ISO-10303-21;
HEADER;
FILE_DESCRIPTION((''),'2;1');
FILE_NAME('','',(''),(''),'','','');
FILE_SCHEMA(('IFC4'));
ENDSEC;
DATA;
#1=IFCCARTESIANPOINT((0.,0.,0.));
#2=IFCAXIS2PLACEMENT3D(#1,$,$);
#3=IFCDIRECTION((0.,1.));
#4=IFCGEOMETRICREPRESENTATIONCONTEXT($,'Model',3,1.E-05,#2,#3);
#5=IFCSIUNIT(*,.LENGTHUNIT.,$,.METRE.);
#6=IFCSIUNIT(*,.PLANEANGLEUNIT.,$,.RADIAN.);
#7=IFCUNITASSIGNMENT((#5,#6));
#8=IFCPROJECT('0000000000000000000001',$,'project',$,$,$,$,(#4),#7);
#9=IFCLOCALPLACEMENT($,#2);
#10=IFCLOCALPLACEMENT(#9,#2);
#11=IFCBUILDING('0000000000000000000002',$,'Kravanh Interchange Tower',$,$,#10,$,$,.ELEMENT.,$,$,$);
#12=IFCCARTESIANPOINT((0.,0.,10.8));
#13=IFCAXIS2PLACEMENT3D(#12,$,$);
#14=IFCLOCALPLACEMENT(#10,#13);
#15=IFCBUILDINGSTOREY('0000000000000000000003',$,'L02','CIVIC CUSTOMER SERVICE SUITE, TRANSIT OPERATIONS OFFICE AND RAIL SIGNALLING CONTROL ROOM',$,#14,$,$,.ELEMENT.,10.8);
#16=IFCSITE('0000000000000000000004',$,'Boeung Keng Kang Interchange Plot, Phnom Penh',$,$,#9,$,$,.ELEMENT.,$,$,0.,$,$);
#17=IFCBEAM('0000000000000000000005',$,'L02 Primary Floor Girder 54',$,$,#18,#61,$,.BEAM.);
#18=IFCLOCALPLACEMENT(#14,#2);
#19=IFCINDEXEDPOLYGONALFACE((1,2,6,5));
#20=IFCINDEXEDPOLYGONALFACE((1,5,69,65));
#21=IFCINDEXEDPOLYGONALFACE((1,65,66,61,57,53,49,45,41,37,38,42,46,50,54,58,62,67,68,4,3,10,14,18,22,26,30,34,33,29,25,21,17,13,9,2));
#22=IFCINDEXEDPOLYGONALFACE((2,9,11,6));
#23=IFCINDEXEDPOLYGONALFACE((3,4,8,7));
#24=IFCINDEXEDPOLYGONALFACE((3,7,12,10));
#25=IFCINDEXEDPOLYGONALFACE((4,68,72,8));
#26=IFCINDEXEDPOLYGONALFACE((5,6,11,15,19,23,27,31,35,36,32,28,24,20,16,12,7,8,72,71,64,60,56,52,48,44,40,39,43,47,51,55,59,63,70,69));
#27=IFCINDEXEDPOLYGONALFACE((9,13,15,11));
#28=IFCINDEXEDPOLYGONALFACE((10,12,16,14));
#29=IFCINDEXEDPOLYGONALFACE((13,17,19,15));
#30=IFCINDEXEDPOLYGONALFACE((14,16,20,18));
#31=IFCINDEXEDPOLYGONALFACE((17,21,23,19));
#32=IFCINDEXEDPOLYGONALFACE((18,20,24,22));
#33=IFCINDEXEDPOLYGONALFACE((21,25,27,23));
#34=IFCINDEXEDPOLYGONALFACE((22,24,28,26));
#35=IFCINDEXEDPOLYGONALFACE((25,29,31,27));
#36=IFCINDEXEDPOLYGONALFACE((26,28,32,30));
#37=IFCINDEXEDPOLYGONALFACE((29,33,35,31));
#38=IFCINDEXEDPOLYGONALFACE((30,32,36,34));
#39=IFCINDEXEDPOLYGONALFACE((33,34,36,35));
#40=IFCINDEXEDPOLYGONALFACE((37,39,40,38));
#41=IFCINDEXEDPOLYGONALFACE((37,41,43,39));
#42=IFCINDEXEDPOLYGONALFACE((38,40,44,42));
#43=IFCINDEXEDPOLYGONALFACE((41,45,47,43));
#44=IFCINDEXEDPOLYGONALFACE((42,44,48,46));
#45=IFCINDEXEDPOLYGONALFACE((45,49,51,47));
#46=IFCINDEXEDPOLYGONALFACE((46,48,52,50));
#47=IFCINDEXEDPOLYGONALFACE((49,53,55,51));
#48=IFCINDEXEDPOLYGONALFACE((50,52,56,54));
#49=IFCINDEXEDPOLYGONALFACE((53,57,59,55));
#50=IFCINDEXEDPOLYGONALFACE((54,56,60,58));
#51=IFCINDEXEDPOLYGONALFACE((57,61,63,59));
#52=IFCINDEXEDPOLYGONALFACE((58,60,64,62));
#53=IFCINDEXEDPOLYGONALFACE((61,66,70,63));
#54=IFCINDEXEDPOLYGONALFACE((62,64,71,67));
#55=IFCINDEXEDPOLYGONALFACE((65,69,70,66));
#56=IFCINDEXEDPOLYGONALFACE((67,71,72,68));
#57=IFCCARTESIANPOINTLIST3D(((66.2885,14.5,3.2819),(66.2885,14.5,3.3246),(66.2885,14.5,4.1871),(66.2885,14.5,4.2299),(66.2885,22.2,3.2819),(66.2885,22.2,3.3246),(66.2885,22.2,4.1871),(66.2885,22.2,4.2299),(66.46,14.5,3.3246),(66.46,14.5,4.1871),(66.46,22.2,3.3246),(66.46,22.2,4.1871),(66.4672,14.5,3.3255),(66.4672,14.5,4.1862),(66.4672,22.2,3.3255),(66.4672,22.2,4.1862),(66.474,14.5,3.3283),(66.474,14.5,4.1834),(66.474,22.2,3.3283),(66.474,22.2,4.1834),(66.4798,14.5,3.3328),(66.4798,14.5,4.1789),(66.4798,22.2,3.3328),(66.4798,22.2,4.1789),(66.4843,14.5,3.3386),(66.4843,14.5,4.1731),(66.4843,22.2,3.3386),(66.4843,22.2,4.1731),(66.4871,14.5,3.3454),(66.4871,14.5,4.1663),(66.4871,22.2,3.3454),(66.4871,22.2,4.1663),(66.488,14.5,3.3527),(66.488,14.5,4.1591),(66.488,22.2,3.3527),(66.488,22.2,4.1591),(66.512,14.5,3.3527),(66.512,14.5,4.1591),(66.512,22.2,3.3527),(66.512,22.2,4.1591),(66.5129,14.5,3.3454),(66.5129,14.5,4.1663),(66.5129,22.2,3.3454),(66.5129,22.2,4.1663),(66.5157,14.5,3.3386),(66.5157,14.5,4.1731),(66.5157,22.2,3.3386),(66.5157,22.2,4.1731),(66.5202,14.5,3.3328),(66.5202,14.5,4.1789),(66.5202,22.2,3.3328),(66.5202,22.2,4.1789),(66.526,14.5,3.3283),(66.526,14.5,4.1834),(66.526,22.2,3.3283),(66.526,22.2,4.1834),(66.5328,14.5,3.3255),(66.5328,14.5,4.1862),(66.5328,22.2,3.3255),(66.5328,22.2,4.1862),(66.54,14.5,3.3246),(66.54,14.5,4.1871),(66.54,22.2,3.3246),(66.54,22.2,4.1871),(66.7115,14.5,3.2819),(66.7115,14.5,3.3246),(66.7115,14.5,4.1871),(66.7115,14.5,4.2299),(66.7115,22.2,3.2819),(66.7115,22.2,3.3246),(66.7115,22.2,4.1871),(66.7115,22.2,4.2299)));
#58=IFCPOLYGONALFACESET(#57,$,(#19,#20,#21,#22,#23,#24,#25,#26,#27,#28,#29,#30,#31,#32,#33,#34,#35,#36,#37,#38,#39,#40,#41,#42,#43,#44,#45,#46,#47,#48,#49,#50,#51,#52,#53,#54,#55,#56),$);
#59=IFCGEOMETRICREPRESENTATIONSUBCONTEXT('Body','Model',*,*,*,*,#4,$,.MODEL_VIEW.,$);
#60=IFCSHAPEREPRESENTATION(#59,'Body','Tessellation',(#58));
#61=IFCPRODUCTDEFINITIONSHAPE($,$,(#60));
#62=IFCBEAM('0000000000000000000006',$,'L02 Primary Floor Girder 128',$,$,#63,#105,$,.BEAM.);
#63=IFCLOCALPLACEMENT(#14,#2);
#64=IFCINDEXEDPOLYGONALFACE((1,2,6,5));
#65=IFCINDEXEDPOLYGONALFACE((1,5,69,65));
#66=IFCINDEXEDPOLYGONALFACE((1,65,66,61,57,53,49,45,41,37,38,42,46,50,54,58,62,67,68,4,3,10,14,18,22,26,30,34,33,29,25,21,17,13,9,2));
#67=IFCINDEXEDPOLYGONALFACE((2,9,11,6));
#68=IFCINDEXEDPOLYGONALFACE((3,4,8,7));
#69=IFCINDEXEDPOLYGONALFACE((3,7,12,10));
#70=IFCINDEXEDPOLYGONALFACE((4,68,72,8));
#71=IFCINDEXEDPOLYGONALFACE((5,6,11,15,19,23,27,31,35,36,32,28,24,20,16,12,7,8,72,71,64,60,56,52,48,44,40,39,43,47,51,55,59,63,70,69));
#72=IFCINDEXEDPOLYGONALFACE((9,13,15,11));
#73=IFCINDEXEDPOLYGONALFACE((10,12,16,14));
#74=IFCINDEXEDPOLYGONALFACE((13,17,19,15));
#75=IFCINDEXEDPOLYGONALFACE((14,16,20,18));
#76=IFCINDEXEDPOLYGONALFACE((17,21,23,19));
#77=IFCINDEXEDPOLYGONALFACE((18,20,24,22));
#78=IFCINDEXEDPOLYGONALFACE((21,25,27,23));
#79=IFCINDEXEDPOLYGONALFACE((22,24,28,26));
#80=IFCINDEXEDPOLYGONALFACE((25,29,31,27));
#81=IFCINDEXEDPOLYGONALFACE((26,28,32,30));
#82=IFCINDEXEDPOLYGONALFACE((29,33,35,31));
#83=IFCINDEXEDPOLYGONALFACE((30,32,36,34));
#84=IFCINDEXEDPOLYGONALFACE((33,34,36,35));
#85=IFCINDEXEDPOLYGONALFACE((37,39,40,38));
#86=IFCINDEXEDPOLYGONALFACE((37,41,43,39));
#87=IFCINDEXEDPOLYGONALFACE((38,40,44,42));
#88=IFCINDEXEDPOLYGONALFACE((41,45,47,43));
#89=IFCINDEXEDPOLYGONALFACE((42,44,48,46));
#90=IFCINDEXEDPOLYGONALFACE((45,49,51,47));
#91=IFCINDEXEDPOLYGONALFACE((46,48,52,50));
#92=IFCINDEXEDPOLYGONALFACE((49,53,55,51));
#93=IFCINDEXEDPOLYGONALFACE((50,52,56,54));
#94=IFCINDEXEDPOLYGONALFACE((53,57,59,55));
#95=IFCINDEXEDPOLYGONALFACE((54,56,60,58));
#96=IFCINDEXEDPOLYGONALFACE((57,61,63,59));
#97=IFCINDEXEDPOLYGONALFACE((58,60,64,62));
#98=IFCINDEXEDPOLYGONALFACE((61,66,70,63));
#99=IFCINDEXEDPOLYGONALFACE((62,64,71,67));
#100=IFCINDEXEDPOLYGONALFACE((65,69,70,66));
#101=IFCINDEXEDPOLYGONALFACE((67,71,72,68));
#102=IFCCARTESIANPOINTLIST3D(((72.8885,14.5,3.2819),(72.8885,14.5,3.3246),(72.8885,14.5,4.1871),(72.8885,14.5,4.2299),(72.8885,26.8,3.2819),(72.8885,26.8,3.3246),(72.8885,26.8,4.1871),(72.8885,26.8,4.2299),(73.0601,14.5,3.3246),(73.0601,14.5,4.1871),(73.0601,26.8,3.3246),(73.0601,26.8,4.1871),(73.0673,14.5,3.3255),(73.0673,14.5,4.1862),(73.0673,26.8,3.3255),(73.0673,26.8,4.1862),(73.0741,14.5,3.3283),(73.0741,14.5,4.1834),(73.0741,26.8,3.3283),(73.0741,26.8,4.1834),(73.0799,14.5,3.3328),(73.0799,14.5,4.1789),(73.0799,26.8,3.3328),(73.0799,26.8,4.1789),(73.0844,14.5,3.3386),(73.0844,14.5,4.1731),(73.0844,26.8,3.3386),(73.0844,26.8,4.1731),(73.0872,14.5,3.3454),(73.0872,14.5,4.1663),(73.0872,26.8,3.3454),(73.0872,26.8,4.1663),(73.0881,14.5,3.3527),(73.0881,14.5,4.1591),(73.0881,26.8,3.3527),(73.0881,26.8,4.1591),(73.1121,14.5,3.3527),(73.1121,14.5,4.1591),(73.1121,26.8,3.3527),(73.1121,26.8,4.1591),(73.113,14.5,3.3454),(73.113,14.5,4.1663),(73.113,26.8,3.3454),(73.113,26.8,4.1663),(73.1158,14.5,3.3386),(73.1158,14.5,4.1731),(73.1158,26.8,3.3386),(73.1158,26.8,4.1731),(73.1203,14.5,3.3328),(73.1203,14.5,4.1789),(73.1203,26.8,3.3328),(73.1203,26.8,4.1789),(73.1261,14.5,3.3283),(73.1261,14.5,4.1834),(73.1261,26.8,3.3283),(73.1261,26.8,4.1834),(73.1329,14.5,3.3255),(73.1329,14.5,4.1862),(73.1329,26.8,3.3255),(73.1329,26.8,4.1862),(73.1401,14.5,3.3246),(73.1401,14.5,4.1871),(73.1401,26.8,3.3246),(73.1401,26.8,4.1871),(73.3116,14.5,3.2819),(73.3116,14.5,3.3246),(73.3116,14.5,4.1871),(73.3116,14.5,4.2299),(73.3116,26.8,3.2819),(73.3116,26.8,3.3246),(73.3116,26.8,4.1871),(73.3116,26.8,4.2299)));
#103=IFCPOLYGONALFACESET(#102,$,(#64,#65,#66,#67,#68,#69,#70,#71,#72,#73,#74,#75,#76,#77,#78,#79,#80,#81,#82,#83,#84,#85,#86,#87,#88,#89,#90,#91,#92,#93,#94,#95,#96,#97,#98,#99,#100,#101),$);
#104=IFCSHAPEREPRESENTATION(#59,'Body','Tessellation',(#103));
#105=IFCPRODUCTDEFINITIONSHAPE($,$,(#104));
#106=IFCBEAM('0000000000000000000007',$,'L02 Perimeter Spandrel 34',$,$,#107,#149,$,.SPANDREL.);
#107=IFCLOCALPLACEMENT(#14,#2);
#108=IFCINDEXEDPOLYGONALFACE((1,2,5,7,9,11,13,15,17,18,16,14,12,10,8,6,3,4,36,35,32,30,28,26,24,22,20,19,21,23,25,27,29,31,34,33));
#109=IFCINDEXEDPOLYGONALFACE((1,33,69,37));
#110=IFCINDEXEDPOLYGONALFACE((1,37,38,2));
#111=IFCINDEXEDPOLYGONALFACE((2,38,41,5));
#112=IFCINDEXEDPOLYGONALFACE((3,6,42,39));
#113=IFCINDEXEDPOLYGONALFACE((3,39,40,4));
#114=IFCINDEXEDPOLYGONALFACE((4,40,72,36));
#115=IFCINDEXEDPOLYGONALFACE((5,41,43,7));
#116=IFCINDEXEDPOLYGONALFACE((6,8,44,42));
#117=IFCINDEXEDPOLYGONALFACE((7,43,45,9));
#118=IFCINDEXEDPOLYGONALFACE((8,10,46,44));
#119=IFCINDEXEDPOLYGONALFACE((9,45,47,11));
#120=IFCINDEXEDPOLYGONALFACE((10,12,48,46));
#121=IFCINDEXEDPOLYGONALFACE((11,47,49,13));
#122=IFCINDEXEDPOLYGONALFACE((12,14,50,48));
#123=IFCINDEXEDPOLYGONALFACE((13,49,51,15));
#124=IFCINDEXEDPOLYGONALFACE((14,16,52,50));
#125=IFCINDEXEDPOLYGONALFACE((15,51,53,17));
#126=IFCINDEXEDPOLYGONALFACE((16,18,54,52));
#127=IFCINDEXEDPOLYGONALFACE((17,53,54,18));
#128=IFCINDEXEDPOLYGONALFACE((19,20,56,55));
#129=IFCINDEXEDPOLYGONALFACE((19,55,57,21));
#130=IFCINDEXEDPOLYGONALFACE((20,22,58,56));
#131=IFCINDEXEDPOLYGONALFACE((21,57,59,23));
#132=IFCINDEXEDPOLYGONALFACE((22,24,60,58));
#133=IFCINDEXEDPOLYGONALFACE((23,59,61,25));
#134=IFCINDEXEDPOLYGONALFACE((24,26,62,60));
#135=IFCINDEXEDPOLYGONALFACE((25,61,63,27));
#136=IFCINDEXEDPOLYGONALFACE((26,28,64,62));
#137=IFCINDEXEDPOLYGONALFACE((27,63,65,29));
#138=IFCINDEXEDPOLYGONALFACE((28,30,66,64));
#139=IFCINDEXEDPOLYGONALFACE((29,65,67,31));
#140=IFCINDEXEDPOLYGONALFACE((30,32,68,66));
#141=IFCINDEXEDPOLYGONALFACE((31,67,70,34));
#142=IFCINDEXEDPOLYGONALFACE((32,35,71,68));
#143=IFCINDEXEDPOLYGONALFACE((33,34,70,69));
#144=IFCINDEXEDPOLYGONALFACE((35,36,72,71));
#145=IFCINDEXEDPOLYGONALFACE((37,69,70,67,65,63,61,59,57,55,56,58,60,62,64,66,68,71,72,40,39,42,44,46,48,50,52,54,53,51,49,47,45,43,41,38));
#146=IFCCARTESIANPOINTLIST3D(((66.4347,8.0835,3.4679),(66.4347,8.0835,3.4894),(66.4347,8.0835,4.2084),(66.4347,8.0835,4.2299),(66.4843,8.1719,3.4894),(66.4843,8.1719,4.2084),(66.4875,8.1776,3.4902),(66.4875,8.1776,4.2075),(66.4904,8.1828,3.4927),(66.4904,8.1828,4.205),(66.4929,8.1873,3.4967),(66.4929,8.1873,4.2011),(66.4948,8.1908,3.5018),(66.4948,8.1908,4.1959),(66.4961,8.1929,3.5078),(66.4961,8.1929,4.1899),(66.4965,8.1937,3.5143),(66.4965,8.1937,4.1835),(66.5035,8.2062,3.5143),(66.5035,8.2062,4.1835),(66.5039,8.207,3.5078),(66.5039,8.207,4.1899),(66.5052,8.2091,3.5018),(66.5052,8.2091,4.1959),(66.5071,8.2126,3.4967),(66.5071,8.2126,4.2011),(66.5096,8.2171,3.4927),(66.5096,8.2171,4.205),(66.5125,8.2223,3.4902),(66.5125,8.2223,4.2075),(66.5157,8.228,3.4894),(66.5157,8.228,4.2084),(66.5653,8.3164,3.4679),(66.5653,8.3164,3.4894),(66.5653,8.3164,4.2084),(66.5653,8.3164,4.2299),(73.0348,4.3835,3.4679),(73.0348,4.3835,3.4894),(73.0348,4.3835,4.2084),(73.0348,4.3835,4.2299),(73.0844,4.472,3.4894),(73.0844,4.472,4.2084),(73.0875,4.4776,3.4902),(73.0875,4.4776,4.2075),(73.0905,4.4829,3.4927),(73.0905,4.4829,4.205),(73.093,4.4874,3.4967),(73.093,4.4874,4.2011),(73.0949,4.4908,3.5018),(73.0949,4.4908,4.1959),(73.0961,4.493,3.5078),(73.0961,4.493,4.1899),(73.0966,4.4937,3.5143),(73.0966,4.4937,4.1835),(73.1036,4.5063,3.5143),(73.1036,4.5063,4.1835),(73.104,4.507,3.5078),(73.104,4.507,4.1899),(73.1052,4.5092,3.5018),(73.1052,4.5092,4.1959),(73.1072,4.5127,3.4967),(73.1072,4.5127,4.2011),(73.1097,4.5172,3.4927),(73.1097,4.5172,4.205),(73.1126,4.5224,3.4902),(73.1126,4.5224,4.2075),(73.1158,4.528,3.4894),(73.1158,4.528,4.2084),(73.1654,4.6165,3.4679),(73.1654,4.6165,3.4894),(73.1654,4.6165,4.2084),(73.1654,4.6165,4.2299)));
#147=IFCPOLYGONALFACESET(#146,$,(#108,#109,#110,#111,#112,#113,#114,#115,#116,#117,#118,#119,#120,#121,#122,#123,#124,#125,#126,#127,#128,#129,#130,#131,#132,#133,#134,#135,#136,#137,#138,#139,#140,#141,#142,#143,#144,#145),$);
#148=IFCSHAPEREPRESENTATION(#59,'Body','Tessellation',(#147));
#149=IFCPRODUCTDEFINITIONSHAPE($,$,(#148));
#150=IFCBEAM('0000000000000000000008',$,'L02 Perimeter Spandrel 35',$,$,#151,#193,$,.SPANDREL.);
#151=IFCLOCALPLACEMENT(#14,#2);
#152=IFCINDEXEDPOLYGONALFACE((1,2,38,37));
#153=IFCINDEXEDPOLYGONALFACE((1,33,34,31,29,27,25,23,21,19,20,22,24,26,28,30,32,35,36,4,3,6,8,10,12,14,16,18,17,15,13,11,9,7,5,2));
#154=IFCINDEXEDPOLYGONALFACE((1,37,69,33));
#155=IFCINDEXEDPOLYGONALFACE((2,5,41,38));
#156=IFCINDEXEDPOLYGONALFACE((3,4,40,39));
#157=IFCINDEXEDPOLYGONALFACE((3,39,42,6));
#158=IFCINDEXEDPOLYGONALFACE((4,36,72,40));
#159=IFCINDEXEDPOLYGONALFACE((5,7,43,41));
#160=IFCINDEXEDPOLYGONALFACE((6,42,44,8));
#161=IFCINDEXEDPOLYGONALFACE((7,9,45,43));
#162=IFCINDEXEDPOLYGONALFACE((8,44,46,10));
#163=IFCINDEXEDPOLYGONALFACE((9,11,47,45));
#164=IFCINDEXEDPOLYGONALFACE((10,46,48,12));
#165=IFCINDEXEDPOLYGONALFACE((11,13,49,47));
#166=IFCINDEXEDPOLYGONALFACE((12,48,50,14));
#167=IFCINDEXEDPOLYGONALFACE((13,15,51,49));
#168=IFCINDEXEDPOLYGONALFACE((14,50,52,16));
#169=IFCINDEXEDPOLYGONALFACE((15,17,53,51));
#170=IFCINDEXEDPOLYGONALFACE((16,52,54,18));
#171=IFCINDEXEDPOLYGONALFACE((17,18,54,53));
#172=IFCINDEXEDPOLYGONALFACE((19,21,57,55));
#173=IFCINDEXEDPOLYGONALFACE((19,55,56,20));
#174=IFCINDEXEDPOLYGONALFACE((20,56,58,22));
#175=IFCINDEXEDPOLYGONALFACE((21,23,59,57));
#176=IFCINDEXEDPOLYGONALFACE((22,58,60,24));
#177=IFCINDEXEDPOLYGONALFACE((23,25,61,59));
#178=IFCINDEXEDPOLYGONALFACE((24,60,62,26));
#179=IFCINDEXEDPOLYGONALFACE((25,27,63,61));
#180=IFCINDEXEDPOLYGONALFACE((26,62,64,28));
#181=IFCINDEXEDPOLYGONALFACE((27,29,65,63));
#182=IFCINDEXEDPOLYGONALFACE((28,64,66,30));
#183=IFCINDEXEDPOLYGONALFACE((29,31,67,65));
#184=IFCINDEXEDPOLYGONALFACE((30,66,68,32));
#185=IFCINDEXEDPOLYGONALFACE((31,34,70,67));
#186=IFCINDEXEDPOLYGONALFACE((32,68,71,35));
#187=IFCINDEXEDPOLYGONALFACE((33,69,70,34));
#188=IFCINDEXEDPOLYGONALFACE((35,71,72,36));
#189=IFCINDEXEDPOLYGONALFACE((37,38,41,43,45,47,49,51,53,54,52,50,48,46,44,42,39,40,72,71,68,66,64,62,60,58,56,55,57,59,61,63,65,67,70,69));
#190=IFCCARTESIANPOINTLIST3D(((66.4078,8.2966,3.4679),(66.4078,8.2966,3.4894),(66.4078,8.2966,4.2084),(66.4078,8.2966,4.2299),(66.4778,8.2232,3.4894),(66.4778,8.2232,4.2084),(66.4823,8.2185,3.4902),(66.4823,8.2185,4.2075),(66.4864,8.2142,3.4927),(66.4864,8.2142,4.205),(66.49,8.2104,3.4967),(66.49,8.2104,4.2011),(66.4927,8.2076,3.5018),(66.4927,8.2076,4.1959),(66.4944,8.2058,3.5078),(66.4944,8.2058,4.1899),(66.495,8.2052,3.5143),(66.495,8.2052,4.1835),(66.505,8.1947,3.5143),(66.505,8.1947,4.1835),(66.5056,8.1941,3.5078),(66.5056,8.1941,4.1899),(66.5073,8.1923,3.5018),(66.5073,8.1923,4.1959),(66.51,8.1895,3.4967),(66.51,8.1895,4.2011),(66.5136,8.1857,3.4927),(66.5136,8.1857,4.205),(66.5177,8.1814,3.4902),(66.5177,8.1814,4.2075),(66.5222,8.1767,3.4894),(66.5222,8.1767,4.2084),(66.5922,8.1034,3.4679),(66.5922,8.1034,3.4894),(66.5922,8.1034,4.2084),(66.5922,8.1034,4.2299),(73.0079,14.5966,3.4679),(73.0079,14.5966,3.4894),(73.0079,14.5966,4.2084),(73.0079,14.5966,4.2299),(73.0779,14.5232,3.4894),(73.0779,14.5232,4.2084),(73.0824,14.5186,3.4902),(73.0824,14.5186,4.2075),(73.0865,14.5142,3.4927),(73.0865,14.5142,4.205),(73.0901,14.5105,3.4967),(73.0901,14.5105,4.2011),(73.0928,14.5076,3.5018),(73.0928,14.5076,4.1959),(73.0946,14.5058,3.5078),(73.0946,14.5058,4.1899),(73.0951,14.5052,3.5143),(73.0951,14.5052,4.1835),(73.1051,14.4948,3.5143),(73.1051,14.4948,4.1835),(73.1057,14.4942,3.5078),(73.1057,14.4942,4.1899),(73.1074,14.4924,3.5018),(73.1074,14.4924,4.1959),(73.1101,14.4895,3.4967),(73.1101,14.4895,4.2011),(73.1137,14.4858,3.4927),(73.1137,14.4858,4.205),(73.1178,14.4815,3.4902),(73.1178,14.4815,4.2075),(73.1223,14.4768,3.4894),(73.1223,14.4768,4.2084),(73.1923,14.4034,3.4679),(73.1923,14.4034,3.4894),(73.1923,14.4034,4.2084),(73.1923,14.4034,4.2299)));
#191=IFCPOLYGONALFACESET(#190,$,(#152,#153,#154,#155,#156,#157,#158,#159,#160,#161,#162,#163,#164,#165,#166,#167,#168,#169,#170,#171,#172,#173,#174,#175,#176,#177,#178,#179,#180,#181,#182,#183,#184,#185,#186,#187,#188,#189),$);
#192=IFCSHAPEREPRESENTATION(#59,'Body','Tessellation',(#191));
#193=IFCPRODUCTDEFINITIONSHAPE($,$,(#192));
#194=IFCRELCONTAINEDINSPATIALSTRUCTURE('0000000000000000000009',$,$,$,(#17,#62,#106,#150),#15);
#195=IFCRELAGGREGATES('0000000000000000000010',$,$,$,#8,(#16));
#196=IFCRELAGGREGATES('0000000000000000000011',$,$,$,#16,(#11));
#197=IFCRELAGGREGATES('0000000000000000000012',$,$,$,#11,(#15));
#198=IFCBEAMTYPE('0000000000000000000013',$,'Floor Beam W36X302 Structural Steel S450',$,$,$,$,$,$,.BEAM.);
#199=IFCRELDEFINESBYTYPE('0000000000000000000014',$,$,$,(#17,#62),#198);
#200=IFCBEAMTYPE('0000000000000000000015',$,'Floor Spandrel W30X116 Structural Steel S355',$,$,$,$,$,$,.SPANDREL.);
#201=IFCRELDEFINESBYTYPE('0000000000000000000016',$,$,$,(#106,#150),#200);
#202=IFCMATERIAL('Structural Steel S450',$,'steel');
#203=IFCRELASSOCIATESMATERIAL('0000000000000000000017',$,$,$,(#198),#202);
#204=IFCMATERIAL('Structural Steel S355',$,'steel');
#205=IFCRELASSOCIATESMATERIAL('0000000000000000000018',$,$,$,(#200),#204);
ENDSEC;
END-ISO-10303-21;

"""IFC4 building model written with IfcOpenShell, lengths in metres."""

from ifc_helpers import new_model, si_unit, direction, frame, origin, origin_2d, place, context, subcontext, project, spatial, i_section, extrude, material, material_profile, profile_set, type_object, element, save


model = new_model("IFC4")

# Units and contexts
model_context = context("Model", 3, precision=1e-05, world=origin(), true_north=direction((0.0, 1.0)))
body_context = subcontext(model_context, "Body", "Model", "MODEL_VIEW")
ifc_project = project(units=[si_unit("LENGTHUNIT", "METRE"), si_unit("PLANEANGLEUNIT", "RADIAN")], contexts=[model_context])

# Site, building, storey
site_placement = place(None, origin())
site = spatial("IfcSite", under=ifc_project, at=site_placement, Name="Boeung Keng Kang Interchange Plot, Phnom Penh", CompositionType="ELEMENT", RefElevation=0.0)
building_placement = place(site_placement, origin())
building = spatial("IfcBuilding", under=site, at=building_placement, Name="Kravanh Interchange Tower", CompositionType="ELEMENT")
storey_placement = place(building_placement, frame((0.0, 0.0, 10.8)))
storey = spatial("IfcBuildingStorey", under=building, at=storey_placement, Name="L02", Description="CIVIC CUSTOMER SERVICE SUITE, TRANSIT OPERATIONS OFFICE AND RAIL SIGNALLING CONTROL ROOM", CompositionType="ELEMENT", Elevation=10.8)

# Beams
ifc_material_1 = material(Name="Structural Steel S450", Category="steel")
ifc_material_profile_1 = material_profile(ifc_material_1, i_section(OverallWidth=0.4231, OverallDepth=0.948, WebThickness=0.0239, FlangeThickness=0.0427, FilletRadius=0.0281, at=origin_2d()), Name="W36X302")
ifc_profile_set_1 = profile_set([ifc_material_profile_1], Name="Structural Steel S450")
beam_type_1 = type_object("IfcBeamType", Name="Floor Beam W36X302 Structural Steel S450", PredefinedType="BEAM", material=ifc_profile_set_1)
beam_1_placement = place(storey_placement, frame((66.5, 14.5, 3.7559), z_axis=(0.0, 1.0, 0.0), x_axis=(-1.0, 0.0, 0.0)))
element("IfcBeam", 1, at=beam_1_placement, inside=storey, type_object=beam_type_1, Name="L02 Primary Floor Girder 54", PredefinedType="BEAM", context=body_context, shape_type="SweptSolid", body=[
    extrude(i_section(OverallWidth=0.4231, OverallDepth=0.948, WebThickness=0.0239, FlangeThickness=0.0427, FilletRadius=0.0281, at=origin_2d()), origin(), (0.0, 0.0, 1.0), 7.7),
])
beam_2_placement = place(storey_placement, frame((73.1001, 14.5, 3.7559), z_axis=(0.0, 1.0, 0.0), x_axis=(-1.0, 0.0, 0.0)))
element("IfcBeam", 2, at=beam_2_placement, inside=storey, type_object=beam_type_1, Name="L02 Primary Floor Girder 128", PredefinedType="BEAM", context=body_context, shape_type="SweptSolid", body=[
    extrude(i_section(OverallWidth=0.4231, OverallDepth=0.948, WebThickness=0.0239, FlangeThickness=0.0427, FilletRadius=0.0281, at=origin_2d()), origin(), (0.0, 0.0, 1.0), 12.3),
])
ifc_material_2 = material(Name="Structural Steel S355", Category="steel")
ifc_material_profile_2 = material_profile(ifc_material_2, i_section(OverallWidth=0.2671, OverallDepth=0.762, WebThickness=0.0144, FlangeThickness=0.0215, FilletRadius=0.0249, at=origin_2d()), Name="W30X116")
ifc_profile_set_2 = profile_set([ifc_material_profile_2], Name="Structural Steel S355")
beam_type_2 = type_object("IfcBeamType", Name="Floor Spandrel W30X116 Structural Steel S355", PredefinedType="SPANDREL", material=ifc_profile_set_2)
beam_3_placement = place(storey_placement, frame((66.5, 8.2, 3.8489), z_axis=(0.872286, -0.488995, 0.0), x_axis=(0.488995, 0.872286, 0.0)))
element("IfcBeam", 3, at=beam_3_placement, inside=storey, type_object=beam_type_2, Name="L02 Perimeter Spandrel 34", PredefinedType="SPANDREL", context=body_context, shape_type="SweptSolid", body=[
    extrude(i_section(OverallWidth=0.2671, OverallDepth=0.762, WebThickness=0.0144, FlangeThickness=0.0215, FilletRadius=0.0249, at=origin_2d()), origin(), (0.0, 0.0, 1.0), 7.5664),
])
beam_4_placement = place(storey_placement, frame((66.5, 8.2, 3.8489), z_axis=(0.723358, 0.690473, 0.0), x_axis=(-0.690473, 0.723358, 0.0)))
element("IfcBeam", 4, at=beam_4_placement, inside=storey, type_object=beam_type_2, Name="L02 Perimeter Spandrel 35", PredefinedType="SPANDREL", context=body_context, shape_type="SweptSolid", body=[
    extrude(i_section(OverallWidth=0.2671, OverallDepth=0.762, WebThickness=0.0144, FlangeThickness=0.0215, FilletRadius=0.0249, at=origin_2d()), origin(), (0.0, 0.0, 1.0), 9.1243),
])

save(model, "model.ifc")
